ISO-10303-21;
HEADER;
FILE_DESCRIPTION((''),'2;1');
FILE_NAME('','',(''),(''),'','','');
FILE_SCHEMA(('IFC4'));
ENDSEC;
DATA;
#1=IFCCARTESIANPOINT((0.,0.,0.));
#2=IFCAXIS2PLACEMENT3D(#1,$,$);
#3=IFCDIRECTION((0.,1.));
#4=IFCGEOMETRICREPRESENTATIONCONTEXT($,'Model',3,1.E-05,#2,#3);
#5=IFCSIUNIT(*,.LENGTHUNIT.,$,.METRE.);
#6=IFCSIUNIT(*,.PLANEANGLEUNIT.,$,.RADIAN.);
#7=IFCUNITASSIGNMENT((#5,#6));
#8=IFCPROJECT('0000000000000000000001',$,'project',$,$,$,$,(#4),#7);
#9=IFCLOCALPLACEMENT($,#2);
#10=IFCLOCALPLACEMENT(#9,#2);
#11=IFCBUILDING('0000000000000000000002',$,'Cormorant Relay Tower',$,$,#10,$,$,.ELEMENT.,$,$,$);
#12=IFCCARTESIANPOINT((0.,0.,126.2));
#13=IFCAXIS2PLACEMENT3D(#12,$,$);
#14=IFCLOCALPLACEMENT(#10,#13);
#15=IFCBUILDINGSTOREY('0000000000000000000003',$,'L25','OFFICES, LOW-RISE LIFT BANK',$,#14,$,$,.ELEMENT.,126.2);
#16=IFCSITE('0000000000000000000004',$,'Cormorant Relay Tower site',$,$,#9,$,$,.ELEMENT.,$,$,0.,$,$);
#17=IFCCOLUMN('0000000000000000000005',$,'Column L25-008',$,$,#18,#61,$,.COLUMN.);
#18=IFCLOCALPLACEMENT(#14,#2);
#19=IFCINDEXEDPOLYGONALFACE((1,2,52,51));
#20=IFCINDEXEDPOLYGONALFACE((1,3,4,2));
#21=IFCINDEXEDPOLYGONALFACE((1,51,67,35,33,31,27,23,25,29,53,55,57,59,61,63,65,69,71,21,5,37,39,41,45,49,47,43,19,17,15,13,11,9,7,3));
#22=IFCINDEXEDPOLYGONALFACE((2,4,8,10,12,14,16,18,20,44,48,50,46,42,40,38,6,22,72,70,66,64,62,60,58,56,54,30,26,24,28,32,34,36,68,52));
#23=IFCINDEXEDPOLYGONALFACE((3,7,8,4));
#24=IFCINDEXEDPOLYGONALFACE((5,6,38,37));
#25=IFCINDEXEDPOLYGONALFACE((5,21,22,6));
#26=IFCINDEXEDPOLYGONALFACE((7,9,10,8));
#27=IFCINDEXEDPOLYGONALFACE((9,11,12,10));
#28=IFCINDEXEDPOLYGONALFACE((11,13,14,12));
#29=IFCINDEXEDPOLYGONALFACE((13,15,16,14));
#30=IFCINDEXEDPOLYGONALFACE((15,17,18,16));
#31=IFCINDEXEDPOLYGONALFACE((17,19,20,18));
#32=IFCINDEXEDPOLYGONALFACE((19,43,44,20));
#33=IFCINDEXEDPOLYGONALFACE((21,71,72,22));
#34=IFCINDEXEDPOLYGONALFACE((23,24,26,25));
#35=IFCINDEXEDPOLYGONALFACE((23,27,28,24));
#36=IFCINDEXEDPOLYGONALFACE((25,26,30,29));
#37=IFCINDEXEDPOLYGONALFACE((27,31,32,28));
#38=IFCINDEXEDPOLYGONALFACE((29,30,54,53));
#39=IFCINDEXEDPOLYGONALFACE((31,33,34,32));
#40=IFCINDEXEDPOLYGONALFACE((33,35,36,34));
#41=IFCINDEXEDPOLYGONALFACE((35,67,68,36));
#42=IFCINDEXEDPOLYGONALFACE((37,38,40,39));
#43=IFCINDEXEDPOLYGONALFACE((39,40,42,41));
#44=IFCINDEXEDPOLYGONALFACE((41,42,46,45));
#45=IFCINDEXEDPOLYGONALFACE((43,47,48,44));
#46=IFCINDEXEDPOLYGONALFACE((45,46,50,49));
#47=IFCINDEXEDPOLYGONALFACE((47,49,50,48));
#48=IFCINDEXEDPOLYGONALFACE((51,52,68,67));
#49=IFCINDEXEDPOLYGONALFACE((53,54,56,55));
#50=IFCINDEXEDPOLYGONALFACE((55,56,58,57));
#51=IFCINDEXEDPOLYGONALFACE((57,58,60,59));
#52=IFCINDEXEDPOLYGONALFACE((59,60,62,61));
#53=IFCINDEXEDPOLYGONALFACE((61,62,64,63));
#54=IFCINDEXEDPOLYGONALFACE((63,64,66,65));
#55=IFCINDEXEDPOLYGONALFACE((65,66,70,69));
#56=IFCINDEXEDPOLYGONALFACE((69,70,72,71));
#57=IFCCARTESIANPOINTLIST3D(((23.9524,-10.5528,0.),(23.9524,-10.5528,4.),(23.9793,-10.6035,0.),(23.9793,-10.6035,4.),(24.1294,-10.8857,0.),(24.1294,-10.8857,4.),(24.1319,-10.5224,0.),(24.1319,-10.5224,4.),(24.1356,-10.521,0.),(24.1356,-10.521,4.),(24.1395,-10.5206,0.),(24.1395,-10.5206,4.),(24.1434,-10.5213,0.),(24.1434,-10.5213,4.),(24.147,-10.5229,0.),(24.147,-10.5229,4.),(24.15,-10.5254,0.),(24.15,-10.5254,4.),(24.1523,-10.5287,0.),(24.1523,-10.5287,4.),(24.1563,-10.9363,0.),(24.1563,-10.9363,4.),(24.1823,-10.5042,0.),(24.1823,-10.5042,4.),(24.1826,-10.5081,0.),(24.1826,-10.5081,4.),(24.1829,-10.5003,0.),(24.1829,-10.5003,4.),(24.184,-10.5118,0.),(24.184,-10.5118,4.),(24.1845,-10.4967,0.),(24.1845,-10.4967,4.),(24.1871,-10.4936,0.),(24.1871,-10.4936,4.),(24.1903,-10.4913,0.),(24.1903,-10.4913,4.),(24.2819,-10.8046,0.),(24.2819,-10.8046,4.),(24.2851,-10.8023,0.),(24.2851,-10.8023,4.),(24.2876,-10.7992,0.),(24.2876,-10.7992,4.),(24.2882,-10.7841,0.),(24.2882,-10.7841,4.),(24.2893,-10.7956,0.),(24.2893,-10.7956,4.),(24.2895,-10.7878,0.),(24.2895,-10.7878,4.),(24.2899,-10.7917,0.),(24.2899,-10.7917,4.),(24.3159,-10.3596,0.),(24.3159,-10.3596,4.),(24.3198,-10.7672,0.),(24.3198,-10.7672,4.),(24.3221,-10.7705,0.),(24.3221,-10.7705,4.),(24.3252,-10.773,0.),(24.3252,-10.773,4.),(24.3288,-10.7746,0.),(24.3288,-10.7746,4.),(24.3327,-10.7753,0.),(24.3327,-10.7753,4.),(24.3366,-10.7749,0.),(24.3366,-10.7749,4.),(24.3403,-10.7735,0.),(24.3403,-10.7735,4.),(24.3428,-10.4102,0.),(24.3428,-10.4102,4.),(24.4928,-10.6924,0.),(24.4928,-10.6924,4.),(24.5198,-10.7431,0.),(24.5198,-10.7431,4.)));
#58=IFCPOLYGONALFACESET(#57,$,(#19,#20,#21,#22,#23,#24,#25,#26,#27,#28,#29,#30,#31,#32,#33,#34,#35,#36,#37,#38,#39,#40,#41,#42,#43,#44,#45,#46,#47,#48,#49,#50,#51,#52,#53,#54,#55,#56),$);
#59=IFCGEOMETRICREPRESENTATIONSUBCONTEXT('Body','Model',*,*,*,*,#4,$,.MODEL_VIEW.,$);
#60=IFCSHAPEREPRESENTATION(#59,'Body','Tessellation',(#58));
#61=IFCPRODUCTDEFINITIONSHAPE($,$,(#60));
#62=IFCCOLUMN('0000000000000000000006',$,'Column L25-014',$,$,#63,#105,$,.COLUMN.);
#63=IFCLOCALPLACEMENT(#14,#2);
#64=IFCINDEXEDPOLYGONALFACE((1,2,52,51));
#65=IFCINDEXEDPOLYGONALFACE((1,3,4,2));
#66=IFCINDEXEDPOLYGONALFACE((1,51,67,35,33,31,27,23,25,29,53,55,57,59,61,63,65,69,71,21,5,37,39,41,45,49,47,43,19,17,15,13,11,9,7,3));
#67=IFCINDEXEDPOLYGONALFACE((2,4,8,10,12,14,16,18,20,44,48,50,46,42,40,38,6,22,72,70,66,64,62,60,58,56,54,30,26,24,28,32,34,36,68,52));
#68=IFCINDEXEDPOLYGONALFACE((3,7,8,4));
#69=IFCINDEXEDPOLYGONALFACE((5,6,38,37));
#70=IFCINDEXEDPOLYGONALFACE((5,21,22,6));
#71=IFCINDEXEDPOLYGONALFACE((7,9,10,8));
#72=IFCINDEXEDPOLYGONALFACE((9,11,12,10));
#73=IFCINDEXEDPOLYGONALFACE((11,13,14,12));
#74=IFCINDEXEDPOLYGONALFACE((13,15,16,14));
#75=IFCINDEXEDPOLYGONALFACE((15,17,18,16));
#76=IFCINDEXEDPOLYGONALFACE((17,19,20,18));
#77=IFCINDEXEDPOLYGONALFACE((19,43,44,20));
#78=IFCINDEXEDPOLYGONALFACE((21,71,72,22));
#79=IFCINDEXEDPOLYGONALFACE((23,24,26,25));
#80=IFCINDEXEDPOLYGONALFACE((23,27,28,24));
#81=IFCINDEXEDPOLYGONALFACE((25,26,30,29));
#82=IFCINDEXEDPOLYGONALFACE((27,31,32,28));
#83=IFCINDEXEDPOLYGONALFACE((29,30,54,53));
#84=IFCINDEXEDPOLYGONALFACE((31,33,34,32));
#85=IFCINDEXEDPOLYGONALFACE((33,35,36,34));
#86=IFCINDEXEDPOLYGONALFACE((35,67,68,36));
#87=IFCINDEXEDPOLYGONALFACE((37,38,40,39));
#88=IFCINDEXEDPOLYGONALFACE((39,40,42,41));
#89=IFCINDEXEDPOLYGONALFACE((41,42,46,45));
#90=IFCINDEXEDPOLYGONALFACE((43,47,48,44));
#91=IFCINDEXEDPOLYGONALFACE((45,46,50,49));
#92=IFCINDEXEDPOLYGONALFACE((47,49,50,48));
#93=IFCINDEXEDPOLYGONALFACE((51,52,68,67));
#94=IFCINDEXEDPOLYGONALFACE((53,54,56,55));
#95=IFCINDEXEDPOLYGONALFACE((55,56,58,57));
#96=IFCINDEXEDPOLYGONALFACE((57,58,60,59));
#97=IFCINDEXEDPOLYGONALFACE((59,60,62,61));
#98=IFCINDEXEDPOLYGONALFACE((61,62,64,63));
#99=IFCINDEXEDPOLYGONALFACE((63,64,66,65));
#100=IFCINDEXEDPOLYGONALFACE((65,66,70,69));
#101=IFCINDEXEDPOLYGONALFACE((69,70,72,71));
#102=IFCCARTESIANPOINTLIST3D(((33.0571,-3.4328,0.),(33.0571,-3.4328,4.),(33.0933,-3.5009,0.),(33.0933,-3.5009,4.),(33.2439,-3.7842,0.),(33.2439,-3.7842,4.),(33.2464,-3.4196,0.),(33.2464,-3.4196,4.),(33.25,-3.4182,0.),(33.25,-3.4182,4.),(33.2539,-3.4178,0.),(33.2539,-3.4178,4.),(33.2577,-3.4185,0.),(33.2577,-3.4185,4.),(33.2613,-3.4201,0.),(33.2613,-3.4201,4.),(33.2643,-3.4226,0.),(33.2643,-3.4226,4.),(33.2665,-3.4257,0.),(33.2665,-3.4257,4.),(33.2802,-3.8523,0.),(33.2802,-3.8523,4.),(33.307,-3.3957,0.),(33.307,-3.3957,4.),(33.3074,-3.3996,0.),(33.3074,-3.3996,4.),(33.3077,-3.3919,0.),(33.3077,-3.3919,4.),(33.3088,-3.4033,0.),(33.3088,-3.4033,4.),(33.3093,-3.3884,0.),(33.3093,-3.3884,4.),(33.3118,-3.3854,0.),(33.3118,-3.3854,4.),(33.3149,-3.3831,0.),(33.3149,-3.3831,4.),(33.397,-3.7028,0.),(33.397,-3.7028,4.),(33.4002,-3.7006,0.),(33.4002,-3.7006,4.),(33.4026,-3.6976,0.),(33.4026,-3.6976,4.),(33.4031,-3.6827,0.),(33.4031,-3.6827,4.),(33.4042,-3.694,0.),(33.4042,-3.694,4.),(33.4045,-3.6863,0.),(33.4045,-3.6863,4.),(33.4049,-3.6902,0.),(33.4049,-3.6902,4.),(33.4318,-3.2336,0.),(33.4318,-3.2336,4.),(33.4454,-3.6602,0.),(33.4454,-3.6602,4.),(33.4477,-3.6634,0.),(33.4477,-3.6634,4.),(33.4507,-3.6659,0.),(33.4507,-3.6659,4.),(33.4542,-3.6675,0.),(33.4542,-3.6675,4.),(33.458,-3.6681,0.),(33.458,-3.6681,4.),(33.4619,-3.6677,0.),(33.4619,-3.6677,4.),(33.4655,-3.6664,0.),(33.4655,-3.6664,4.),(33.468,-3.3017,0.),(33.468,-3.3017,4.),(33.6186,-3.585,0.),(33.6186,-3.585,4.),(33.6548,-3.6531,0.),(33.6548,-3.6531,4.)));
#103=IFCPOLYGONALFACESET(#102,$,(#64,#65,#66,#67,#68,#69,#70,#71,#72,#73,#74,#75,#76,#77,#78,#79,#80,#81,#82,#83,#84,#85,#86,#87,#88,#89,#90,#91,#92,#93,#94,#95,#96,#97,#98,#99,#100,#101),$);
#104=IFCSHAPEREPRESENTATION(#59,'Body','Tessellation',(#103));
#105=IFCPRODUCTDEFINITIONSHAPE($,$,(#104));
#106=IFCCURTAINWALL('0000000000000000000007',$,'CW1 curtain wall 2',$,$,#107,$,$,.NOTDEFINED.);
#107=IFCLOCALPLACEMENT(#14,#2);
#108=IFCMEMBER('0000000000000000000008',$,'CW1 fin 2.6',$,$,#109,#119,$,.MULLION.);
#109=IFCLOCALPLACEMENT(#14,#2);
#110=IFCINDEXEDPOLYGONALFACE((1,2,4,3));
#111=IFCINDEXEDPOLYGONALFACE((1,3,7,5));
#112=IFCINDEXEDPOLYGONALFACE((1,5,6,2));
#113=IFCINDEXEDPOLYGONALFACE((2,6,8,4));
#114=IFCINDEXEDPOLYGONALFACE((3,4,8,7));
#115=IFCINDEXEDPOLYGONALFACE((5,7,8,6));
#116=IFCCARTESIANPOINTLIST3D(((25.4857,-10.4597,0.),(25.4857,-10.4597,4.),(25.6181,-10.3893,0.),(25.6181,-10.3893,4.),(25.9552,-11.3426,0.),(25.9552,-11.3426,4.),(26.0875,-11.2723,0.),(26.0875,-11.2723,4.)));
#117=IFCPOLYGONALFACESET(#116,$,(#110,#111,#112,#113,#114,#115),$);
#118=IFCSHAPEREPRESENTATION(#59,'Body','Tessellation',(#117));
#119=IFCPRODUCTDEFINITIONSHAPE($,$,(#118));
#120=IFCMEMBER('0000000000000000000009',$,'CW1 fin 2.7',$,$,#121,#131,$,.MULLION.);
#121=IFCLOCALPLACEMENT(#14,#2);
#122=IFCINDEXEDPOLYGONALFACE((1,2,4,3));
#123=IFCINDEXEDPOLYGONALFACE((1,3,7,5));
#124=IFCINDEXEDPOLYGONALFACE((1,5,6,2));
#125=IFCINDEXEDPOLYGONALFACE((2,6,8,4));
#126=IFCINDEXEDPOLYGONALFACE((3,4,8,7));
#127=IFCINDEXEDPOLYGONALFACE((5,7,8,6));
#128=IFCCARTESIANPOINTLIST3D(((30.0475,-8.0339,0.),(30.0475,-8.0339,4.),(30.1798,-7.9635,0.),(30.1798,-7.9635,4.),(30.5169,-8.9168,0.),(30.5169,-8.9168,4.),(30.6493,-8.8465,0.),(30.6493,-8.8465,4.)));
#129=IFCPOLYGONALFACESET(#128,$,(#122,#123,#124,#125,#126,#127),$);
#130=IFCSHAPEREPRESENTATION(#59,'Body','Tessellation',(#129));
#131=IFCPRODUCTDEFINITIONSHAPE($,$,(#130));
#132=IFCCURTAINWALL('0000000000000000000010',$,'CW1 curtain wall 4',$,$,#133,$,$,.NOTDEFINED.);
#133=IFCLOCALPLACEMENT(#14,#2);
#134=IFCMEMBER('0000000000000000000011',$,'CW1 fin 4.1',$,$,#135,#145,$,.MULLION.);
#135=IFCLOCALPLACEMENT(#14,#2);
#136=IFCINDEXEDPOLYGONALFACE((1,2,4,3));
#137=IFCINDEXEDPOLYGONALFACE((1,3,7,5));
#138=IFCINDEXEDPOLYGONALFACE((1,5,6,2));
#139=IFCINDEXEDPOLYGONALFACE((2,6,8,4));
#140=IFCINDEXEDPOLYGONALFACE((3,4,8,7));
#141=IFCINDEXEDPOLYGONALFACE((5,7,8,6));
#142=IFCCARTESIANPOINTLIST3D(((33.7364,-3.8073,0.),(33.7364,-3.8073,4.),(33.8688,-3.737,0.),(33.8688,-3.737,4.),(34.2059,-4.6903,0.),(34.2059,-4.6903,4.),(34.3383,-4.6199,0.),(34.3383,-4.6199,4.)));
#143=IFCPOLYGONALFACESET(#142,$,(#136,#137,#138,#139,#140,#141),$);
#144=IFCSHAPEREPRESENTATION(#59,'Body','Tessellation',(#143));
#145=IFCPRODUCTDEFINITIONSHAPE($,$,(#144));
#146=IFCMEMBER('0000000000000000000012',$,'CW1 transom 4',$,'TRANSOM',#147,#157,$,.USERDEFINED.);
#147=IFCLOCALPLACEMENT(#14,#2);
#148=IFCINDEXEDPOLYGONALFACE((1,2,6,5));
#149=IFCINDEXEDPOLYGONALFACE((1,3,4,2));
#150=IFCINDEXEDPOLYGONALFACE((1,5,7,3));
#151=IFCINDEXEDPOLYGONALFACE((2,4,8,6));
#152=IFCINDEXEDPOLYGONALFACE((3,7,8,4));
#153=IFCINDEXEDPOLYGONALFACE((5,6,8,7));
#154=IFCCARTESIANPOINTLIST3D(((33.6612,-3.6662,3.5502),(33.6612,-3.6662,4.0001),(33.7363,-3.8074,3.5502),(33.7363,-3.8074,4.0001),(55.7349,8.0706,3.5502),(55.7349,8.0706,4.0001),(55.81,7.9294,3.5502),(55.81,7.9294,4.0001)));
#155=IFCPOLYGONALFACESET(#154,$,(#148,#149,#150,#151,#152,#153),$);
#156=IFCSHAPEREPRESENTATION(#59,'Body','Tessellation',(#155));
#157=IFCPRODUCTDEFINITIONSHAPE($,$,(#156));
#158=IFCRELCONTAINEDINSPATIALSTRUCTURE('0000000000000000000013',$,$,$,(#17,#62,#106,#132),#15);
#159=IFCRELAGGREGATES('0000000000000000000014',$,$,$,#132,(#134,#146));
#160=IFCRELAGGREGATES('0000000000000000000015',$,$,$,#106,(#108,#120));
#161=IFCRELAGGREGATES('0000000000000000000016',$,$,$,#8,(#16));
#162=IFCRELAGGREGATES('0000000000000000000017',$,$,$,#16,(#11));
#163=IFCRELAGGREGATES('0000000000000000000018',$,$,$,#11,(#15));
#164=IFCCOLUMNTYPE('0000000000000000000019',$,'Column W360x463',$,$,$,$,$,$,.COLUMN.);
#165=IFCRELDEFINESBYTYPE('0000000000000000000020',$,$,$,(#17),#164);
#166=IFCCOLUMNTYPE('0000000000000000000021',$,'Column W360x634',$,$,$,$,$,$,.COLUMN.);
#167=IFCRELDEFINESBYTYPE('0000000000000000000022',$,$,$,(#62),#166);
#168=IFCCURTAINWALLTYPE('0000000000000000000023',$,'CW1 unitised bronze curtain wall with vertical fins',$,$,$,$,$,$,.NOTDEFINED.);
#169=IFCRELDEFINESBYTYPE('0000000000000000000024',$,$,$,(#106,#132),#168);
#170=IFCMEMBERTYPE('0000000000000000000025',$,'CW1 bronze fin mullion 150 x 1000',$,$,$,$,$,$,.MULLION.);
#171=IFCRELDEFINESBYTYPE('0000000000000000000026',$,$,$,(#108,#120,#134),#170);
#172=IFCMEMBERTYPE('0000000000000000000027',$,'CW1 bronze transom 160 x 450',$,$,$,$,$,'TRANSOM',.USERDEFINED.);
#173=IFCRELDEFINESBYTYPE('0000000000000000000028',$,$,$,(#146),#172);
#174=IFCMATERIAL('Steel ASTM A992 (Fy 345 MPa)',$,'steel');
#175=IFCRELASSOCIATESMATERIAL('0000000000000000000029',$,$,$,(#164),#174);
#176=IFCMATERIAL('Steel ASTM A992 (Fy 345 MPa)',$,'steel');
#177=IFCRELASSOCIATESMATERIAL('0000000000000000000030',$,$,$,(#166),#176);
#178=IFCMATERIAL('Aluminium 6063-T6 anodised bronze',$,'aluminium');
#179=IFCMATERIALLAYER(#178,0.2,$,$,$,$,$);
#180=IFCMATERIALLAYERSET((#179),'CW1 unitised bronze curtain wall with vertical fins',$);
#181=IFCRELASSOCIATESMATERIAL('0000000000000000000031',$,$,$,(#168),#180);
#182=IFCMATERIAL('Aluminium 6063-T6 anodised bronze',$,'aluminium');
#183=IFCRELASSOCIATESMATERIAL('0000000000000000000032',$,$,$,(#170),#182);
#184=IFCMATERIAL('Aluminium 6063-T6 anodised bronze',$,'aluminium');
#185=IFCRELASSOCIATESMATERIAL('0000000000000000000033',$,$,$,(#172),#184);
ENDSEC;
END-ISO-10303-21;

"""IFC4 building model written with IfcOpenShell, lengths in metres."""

from ifc_helpers import new_model, si_unit, direction, frame, origin, origin_2d, place, context, subcontext, project, spatial, rectangle, i_section, extrude, material, layer, layer_set, material_profile, profile_set, type_object, element, aggregate, save


model = new_model("IFC4")

# Units and contexts
model_context = context("Model", 3, precision=1e-05, world=origin(), true_north=direction((0.0, 1.0)))
body_context = subcontext(model_context, "Body", "Model", "MODEL_VIEW")
ifc_project = project(units=[si_unit("LENGTHUNIT", "METRE"), si_unit("PLANEANGLEUNIT", "RADIAN")], contexts=[model_context])

# Site, building, storey
site_placement = place(None, origin())
site = spatial("IfcSite", under=ifc_project, at=site_placement, Name="Cormorant Relay Tower site", CompositionType="ELEMENT", RefElevation=0.0)
building_placement = place(site_placement, origin())
building = spatial("IfcBuilding", under=site, at=building_placement, Name="Cormorant Relay Tower", CompositionType="ELEMENT")
storey_placement = place(building_placement, frame((0.0, 0.0, 126.2)))
storey = spatial("IfcBuildingStorey", under=building, at=storey_placement, Name="L25", Description="OFFICES, LOW-RISE LIFT BANK", CompositionType="ELEMENT", Elevation=126.2)

# Columns
ifc_material_1 = material(Name="Steel ASTM A992 (Fy 345 MPa)", Category="steel")
ifc_material_profile_1 = material_profile(ifc_material_1, i_section(OverallWidth=0.4116, OverallDepth=0.4343, WebThickness=0.0359, FlangeThickness=0.0574, FilletRadius=0.0151, at=origin_2d()), Name="W360x463")
ifc_profile_set_1 = profile_set([ifc_material_profile_1], Name="Steel ASTM A992 (Fy 345 MPa)")
column_type_1 = type_object("IfcColumnType", Name="Column W360x463", PredefinedType="COLUMN", material=ifc_profile_set_1)
column_1_placement = place(storey_placement, frame((24.2361, -10.6479, 0.0), z_axis=(0.0, 0.0, 1.0), x_axis=(0.882948, 0.469472, 0.0)))
element("IfcColumn", 1, at=column_1_placement, inside=storey, type_object=column_type_1, Name="Column L25-008", PredefinedType="COLUMN", context=body_context, shape_type="SweptSolid", body=[
    extrude(i_section(OverallWidth=0.4116, OverallDepth=0.4343, WebThickness=0.0359, FlangeThickness=0.0574, FilletRadius=0.0151, at=origin_2d()), origin(), (0.0, 0.0, 1.0), 4.0),
])
ifc_material_2 = material(Name="Steel ASTM A992 (Fy 345 MPa)", Category="steel")
ifc_material_profile_2 = material_profile(ifc_material_2, i_section(OverallWidth=0.4243, OverallDepth=0.4751, WebThickness=0.0479, FlangeThickness=0.0771, FilletRadius=0.0149, at=origin_2d()), Name="W360x634")
ifc_profile_set_2 = profile_set([ifc_material_profile_2], Name="Steel ASTM A992 (Fy 345 MPa)")
column_type_2 = type_object("IfcColumnType", Name="Column W360x634", PredefinedType="COLUMN", material=ifc_profile_set_2)
column_2_placement = place(storey_placement, frame((33.356, -3.543, 0.0), z_axis=(0.0, 0.0, 1.0), x_axis=(0.882948, 0.469472, 0.0)))
element("IfcColumn", 2, at=column_2_placement, inside=storey, type_object=column_type_2, Name="Column L25-014", PredefinedType="COLUMN", context=body_context, shape_type="SweptSolid", body=[
    extrude(i_section(OverallWidth=0.4243, OverallDepth=0.4751, WebThickness=0.0479, FlangeThickness=0.0771, FilletRadius=0.0149, at=origin_2d()), origin(), (0.0, 0.0, 1.0), 4.0),
])

# Curtain walls, members
ifc_material_3 = material(Name="Aluminium 6063-T6 anodised bronze", Category="aluminium")
ifc_layer_1 = layer(ifc_material_3, 0.2)
ifc_layer_set_1 = layer_set([ifc_layer_1], Name="CW1 unitised bronze curtain wall with vertical fins")
curtain_wall_type = type_object("IfcCurtainWallType", Name="CW1 unitised bronze curtain wall with vertical fins", PredefinedType="NOTDEFINED", material=ifc_layer_set_1)
curtain_wall_1_placement = place(storey_placement, origin())
curtain_wall_1 = element("IfcCurtainWall", 3, at=curtain_wall_1_placement, inside=storey, type_object=curtain_wall_type, Name="CW1 curtain wall 2", PredefinedType="NOTDEFINED")
ifc_material_4 = material(Name="Aluminium 6063-T6 anodised bronze", Category="aluminium")
ifc_material_profile_3 = material_profile(ifc_material_4, rectangle(XDim=0.1499, YDim=1.0, at=origin_2d()), Name="AL 150x1000")
ifc_profile_set_3 = profile_set([ifc_material_profile_3], Name="Aluminium 6063-T6 anodised bronze")
member_type_1 = type_object("IfcMemberType", Name="CW1 bronze fin mullion 150 x 1000", PredefinedType="MULLION", material=ifc_profile_set_3)
member_1_placement = place(storey_placement, frame((25.7866, -10.866, 0.0), z_axis=(0.0, 0.0, 1.0), x_axis=(0.882948, 0.469472, 0.0)))
member_1 = element("IfcMember", 4, at=member_1_placement, type_object=member_type_1, Name="CW1 fin 2.6", PredefinedType="MULLION", context=body_context, shape_type="SweptSolid", body=[
    extrude(rectangle(XDim=0.1499, YDim=1.0, at=origin_2d()), origin(), (0.0, 0.0, 1.0), 4.0),
])
member_2_placement = place(storey_placement, frame((30.3484, -8.4402, 0.0), z_axis=(0.0, 0.0, 1.0), x_axis=(0.882948, 0.469472, 0.0)))
member_2 = element("IfcMember", 5, at=member_2_placement, type_object=member_type_1, Name="CW1 fin 2.7", PredefinedType="MULLION", context=body_context, shape_type="SweptSolid", body=[
    extrude(rectangle(XDim=0.1499, YDim=1.0, at=origin_2d()), origin(), (0.0, 0.0, 1.0), 4.0),
])
curtain_wall_2_placement = place(storey_placement, origin())
curtain_wall_2 = element("IfcCurtainWall", 6, at=curtain_wall_2_placement, inside=storey, type_object=curtain_wall_type, Name="CW1 curtain wall 4", PredefinedType="NOTDEFINED")
member_3_placement = place(storey_placement, frame((34.0374, -4.2136, 0.0), z_axis=(0.0, 0.0, 1.0), x_axis=(0.882948, 0.469472, 0.0)))
member_3 = element("IfcMember", 7, at=member_3_placement, type_object=member_type_1, Name="CW1 fin 4.1", PredefinedType="MULLION", context=body_context, shape_type="SweptSolid", body=[
    extrude(rectangle(XDim=0.1499, YDim=1.0, at=origin_2d()), origin(), (0.0, 0.0, 1.0), 4.0),
])
ifc_material_5 = material(Name="Aluminium 6063-T6 anodised bronze", Category="aluminium")
ifc_material_profile_4 = material_profile(ifc_material_5, rectangle(XDim=0.1599, YDim=0.45, at=origin_2d()), Name="AL 160x450")
ifc_profile_set_4 = profile_set([ifc_material_profile_4], Name="Aluminium 6063-T6 anodised bronze")
member_type_2 = type_object("IfcMemberType", Name="CW1 bronze transom 160 x 450", ElementType="TRANSOM", PredefinedType="USERDEFINED", material=ifc_profile_set_4)
member_4_placement = place(storey_placement, frame((33.6987, -3.7368, 3.7751), z_axis=(0.882947, 0.469472, 0.0), x_axis=(-0.469472, 0.882947, 0.0)))
member_4 = element("IfcMember", 8, at=member_4_placement, type_object=member_type_2, Name="CW1 transom 4", ObjectType="TRANSOM", PredefinedType="USERDEFINED", context=body_context, shape_type="SweptSolid", body=[
    extrude(rectangle(XDim=0.1599, YDim=0.45, at=origin_2d()), origin(), (0.0, 0.0, 1.0), 25.0),
])
aggregate(curtain_wall_2, [member_3, member_4])

aggregate(curtain_wall_1, [member_1, member_2])

save(model, "model.ifc")
